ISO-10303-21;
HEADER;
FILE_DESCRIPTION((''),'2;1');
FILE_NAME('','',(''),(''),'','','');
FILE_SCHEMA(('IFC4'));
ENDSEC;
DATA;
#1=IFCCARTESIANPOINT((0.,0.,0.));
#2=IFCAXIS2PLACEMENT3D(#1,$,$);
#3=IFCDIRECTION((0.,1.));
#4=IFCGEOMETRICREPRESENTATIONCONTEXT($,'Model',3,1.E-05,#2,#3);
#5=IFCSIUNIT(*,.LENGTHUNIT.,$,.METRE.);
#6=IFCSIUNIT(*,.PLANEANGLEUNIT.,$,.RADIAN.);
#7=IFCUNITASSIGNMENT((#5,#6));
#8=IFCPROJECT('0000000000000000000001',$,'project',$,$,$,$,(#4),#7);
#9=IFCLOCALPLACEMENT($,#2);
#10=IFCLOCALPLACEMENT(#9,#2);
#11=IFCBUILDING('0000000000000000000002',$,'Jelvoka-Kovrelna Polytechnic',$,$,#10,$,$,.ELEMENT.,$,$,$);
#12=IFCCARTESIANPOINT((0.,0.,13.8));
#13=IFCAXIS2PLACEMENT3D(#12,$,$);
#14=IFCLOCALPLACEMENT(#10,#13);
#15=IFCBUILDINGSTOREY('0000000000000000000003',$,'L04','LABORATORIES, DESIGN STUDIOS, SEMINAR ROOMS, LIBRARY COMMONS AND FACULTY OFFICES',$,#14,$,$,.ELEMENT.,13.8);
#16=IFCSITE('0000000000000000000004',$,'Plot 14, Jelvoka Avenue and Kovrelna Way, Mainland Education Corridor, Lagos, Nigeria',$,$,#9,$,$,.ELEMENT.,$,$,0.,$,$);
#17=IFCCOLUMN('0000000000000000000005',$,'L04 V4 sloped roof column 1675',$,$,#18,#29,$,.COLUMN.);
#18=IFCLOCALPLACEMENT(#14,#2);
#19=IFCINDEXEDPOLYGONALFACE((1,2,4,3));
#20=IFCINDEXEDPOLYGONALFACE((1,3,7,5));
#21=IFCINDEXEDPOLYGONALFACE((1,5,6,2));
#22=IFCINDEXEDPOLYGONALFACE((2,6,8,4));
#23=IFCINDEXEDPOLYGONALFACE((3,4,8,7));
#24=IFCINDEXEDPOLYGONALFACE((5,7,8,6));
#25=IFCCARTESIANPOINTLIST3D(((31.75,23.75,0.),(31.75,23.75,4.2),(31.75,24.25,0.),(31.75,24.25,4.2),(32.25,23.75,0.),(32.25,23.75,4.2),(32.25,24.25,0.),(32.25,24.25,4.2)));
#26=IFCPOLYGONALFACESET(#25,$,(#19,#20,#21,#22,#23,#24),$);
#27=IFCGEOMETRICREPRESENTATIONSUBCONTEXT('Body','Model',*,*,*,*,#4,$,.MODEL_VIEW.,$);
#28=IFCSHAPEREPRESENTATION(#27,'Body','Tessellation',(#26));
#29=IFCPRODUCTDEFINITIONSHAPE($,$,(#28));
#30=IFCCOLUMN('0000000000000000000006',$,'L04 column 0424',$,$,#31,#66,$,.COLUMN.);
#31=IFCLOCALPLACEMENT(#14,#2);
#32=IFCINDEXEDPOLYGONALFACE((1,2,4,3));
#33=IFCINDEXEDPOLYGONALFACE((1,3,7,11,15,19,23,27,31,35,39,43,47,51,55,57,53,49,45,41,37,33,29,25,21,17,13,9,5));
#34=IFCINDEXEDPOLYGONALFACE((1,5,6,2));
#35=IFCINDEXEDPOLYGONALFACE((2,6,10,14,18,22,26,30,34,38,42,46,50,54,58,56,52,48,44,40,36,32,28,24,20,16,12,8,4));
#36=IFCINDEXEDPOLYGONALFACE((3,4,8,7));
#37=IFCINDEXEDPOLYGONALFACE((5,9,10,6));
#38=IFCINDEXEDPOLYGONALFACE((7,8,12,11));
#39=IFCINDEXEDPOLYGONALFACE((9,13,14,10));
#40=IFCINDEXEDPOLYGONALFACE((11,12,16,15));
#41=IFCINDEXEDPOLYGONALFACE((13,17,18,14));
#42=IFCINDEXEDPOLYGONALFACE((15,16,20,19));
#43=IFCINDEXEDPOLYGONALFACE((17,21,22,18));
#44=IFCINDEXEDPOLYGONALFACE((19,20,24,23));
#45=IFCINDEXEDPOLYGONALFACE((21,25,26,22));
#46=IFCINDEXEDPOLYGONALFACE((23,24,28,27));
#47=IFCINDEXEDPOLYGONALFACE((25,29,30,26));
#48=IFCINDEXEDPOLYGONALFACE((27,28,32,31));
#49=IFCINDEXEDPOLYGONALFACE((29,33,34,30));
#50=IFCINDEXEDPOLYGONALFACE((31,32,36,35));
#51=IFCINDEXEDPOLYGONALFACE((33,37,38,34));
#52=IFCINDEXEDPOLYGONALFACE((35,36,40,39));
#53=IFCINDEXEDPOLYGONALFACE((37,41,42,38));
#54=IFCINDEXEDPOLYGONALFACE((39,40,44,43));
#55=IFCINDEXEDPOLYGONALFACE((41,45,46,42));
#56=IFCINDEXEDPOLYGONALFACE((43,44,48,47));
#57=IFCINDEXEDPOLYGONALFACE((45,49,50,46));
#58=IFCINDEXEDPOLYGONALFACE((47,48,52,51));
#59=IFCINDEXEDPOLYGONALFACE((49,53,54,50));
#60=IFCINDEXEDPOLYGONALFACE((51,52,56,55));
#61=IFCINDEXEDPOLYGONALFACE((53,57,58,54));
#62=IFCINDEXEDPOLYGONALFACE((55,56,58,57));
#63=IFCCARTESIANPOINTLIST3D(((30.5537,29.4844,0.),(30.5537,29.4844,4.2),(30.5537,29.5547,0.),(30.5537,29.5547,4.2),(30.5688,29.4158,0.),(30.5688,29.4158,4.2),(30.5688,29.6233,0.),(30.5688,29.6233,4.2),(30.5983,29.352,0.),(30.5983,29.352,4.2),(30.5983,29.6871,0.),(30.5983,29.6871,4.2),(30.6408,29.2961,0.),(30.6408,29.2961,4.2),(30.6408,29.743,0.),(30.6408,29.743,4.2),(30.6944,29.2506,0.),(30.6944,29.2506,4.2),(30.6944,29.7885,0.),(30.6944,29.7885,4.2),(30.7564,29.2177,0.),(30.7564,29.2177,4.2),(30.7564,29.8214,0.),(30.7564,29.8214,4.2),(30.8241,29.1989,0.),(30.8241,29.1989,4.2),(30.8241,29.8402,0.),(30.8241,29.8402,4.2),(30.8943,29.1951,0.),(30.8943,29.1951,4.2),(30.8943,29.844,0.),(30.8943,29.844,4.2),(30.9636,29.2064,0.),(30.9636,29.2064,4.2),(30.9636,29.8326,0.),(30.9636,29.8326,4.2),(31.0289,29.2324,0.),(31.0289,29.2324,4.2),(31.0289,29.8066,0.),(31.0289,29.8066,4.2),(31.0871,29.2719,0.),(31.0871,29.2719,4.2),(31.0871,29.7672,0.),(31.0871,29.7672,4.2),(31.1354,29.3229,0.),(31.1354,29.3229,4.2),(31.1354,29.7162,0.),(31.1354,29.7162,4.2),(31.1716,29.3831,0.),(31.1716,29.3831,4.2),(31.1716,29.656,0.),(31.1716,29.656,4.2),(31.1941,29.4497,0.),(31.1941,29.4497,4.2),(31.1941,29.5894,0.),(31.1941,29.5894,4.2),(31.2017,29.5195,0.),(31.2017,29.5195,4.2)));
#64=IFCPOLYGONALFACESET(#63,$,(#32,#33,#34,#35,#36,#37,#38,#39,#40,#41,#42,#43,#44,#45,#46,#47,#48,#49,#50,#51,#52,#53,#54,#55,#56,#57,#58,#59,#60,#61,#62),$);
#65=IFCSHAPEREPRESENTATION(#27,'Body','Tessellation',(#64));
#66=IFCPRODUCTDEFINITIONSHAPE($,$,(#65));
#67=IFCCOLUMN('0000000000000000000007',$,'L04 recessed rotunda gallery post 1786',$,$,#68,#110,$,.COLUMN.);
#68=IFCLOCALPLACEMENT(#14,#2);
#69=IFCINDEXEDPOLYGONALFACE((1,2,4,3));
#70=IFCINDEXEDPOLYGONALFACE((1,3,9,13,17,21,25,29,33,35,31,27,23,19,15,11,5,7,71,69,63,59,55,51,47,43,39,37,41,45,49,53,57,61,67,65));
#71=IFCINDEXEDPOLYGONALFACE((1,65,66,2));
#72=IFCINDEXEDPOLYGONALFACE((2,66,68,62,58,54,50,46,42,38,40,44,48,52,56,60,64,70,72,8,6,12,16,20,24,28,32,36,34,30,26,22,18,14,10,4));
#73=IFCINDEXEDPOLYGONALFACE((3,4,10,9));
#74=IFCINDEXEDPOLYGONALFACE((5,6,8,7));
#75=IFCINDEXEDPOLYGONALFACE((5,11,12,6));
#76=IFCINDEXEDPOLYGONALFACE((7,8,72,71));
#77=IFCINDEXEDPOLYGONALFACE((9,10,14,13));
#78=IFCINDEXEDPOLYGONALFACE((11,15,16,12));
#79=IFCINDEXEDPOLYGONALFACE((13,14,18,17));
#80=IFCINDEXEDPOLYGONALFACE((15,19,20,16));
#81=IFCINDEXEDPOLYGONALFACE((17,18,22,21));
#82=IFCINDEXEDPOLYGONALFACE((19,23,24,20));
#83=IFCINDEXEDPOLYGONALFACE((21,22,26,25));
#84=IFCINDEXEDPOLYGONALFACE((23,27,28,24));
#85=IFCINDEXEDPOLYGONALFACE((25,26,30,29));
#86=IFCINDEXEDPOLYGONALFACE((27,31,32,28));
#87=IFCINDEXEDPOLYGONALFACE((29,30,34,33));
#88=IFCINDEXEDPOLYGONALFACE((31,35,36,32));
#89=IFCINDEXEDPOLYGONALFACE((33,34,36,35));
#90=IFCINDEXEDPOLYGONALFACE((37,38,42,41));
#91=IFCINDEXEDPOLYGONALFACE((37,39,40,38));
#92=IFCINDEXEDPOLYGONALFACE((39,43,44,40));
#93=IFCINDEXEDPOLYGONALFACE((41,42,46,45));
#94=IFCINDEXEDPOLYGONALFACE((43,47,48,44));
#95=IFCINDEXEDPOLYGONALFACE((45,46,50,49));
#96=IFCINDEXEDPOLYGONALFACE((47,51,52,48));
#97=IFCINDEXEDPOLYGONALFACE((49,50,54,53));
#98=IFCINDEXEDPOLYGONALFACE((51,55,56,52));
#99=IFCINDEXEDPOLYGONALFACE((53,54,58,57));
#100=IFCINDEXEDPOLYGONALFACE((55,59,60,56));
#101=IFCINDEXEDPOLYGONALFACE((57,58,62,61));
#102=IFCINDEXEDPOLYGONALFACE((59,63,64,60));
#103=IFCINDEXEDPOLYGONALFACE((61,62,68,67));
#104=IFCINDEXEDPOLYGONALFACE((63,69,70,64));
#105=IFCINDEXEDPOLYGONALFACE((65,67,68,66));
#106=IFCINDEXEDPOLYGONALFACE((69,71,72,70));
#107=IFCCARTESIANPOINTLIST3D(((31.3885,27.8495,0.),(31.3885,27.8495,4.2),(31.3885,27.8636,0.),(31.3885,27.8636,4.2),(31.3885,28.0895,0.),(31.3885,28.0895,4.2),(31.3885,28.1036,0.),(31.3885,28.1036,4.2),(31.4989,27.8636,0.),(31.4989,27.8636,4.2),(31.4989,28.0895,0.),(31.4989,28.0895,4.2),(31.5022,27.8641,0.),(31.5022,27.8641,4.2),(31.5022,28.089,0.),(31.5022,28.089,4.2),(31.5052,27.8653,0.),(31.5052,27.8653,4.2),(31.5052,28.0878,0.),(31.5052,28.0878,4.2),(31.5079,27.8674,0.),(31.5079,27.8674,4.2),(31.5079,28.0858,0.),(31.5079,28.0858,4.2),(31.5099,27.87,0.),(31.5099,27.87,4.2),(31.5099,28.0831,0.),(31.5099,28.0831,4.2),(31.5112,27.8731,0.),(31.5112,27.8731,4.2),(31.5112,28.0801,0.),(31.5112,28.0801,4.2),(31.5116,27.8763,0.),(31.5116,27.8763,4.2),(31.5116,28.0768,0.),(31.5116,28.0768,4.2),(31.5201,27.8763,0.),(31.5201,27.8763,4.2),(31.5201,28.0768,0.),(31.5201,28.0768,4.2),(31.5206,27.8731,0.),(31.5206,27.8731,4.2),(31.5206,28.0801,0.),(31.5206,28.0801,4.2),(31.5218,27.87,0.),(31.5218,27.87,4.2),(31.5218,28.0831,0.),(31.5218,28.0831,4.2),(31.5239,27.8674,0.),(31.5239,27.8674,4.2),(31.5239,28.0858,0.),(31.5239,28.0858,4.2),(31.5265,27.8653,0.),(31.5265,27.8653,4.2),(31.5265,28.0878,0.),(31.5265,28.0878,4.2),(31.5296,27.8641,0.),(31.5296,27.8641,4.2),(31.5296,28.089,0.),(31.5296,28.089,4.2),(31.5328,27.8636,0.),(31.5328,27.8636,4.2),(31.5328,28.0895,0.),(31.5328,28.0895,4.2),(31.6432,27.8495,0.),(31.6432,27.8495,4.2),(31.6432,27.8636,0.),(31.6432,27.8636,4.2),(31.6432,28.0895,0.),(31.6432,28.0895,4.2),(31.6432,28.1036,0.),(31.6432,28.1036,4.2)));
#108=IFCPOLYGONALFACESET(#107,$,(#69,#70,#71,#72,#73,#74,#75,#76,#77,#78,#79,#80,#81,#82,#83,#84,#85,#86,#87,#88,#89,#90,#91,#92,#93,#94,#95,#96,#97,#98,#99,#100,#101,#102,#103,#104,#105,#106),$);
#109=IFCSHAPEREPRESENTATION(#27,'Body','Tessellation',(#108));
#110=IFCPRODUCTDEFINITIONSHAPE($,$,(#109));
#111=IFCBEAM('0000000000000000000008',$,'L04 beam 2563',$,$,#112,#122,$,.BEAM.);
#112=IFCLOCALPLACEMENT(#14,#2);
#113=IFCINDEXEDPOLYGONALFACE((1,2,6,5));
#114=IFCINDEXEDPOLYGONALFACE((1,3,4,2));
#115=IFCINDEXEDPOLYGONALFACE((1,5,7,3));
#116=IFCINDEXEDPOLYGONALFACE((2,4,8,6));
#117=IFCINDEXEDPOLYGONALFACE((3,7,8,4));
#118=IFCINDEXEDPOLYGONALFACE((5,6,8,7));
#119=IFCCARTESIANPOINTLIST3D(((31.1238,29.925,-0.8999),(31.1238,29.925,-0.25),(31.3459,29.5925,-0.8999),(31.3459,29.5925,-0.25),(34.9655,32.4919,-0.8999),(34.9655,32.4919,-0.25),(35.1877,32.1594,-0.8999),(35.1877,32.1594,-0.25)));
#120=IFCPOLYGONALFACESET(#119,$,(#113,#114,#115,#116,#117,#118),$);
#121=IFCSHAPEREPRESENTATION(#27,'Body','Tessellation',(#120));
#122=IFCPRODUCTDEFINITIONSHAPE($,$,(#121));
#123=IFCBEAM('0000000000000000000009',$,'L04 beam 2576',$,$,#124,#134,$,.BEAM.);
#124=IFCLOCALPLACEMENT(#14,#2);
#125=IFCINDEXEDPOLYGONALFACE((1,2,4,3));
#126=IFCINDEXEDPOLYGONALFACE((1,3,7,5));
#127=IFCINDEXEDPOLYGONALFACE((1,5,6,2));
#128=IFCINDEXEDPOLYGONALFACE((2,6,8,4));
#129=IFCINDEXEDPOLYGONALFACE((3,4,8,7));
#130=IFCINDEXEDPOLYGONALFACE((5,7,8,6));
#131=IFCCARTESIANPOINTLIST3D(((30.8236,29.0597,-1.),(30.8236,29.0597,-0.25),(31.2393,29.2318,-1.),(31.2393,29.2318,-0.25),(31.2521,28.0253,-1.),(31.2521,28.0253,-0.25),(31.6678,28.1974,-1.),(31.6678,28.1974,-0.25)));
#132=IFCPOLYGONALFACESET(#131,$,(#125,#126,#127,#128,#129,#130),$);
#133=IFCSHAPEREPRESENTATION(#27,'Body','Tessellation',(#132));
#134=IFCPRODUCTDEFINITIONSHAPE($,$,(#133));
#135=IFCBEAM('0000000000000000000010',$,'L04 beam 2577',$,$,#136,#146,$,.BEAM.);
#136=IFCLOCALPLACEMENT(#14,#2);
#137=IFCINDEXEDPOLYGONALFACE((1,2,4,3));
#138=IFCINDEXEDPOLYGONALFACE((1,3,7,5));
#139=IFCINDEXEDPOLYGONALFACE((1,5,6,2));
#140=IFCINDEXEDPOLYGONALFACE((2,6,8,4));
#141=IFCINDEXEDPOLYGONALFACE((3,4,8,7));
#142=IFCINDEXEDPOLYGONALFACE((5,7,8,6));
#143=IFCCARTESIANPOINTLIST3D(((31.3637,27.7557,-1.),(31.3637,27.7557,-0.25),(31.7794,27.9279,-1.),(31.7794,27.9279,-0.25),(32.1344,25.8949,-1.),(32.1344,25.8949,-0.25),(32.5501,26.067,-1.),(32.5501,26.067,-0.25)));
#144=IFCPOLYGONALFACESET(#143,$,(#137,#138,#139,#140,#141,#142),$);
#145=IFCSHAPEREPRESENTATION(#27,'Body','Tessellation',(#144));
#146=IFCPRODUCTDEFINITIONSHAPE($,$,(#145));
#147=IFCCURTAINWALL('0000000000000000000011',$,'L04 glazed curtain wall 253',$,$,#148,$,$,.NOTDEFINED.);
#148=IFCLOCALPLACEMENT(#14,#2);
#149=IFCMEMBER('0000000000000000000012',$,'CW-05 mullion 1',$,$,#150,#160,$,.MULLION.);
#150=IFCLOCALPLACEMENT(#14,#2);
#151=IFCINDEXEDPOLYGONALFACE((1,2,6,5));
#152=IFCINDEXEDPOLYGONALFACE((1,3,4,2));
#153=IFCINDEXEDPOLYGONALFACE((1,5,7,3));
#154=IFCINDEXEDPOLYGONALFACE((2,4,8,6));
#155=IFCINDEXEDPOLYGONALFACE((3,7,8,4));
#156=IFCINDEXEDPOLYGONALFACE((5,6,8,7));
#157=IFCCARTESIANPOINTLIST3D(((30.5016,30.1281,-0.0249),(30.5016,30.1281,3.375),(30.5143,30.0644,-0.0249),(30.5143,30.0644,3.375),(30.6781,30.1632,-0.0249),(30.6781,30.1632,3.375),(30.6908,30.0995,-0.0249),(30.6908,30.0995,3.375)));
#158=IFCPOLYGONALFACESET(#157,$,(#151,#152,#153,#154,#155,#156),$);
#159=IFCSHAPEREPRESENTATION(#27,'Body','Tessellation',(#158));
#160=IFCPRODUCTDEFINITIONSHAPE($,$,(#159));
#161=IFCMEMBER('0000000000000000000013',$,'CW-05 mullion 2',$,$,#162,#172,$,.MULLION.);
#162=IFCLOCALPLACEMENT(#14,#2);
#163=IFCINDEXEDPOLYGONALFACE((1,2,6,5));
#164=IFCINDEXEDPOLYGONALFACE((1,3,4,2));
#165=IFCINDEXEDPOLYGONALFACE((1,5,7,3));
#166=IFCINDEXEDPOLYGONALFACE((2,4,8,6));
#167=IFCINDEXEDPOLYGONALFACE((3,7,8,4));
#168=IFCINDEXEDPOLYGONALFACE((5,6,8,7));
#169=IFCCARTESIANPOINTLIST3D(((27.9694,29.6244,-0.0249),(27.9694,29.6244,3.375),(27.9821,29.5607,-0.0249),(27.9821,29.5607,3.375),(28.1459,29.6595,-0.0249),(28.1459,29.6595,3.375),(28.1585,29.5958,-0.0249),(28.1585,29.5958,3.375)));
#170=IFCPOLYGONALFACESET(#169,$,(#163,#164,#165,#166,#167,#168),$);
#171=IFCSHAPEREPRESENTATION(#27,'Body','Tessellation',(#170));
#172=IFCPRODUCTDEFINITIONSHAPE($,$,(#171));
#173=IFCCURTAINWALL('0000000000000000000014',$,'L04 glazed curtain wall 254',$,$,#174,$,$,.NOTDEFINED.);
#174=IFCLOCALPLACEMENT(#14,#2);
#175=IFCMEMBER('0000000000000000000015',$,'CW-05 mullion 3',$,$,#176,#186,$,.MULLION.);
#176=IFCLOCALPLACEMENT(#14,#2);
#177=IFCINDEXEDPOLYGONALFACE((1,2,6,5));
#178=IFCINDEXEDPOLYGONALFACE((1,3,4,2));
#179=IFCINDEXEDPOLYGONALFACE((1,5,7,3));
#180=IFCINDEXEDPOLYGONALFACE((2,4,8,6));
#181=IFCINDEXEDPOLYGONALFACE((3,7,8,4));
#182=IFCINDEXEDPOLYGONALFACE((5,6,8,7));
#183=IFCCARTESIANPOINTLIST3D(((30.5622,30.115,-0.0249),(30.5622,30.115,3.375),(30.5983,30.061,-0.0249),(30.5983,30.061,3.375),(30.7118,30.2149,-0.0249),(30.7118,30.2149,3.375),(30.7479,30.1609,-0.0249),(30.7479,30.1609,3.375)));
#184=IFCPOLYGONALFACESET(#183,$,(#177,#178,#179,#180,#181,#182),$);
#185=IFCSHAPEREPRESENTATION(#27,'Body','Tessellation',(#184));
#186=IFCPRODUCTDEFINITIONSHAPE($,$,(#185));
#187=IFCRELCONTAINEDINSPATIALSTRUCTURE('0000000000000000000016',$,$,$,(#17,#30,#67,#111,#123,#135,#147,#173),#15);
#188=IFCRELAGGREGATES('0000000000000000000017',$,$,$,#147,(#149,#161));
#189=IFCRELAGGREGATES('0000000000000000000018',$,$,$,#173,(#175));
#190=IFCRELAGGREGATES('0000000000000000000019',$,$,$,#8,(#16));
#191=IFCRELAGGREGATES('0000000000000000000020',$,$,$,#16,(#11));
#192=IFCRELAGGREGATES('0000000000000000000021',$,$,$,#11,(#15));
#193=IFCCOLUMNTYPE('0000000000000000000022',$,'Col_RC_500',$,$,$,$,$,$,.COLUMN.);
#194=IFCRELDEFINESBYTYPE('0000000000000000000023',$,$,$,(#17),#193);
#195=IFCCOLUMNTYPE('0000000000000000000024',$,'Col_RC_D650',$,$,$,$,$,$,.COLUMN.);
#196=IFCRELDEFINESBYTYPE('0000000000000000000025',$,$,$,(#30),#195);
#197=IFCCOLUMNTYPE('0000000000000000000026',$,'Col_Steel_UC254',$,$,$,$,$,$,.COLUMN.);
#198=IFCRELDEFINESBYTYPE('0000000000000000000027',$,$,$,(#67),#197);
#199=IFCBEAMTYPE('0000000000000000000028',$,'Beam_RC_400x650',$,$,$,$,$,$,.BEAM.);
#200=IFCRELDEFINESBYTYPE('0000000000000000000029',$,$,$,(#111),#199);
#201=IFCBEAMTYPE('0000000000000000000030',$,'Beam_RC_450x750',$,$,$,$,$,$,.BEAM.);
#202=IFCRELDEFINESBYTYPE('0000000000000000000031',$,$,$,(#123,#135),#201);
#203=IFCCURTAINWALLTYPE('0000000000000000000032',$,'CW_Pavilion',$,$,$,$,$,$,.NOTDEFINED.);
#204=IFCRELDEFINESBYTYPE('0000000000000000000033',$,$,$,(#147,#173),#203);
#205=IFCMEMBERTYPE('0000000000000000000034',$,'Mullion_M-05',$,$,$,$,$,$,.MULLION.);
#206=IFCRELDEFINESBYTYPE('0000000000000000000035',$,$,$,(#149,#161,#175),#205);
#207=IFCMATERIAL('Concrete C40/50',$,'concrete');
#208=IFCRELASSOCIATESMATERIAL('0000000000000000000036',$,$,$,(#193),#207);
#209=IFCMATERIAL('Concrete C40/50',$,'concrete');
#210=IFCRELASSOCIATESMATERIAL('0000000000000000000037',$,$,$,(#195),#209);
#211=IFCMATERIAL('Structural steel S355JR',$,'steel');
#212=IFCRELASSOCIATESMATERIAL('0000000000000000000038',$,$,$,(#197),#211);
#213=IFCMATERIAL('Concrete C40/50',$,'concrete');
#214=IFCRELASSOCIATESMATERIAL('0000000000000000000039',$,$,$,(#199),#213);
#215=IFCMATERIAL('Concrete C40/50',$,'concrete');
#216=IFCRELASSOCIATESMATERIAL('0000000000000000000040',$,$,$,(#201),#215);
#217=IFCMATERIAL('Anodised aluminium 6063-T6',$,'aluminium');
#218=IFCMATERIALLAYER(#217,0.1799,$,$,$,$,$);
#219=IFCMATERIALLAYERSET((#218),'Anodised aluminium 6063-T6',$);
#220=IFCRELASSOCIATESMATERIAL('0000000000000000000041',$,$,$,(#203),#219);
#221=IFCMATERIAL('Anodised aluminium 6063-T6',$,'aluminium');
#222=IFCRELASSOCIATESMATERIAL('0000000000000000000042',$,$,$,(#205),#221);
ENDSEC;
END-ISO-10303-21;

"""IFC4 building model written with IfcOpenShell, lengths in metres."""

from ifc_helpers import new_model, si_unit, direction, frame, origin, origin_2d, place, context, subcontext, project, spatial, rectangle, circle, i_section, extrude, material, layer, layer_set, material_profile, profile_set, type_object, element, aggregate, save


model = new_model("IFC4")

# Units and contexts
model_context = context("Model", 3, precision=1e-05, world=origin(), true_north=direction((0.0, 1.0)))
body_context = subcontext(model_context, "Body", "Model", "MODEL_VIEW")
ifc_project = project(units=[si_unit("LENGTHUNIT", "METRE"), si_unit("PLANEANGLEUNIT", "RADIAN")], contexts=[model_context])

# Site, building, storey
site_placement = place(None, origin())
site = spatial("IfcSite", under=ifc_project, at=site_placement, Name="Plot 14, Jelvoka Avenue and Kovrelna Way, Mainland Education Corridor, Lagos, Nigeria", CompositionType="ELEMENT", RefElevation=0.0)
building_placement = place(site_placement, origin())
building = spatial("IfcBuilding", under=site, at=building_placement, Name="Jelvoka-Kovrelna Polytechnic", CompositionType="ELEMENT")
storey_placement = place(building_placement, frame((0.0, 0.0, 13.8)))
storey = spatial("IfcBuildingStorey", under=building, at=storey_placement, Name="L04", Description="LABORATORIES, DESIGN STUDIOS, SEMINAR ROOMS, LIBRARY COMMONS AND FACULTY OFFICES", CompositionType="ELEMENT", Elevation=13.8)

# Columns
ifc_material_1 = material(Name="Concrete C40/50", Category="concrete")
ifc_material_profile_1 = material_profile(ifc_material_1, rectangle(XDim=0.5, YDim=0.5, at=origin_2d()), Name="RC 500x500")
ifc_profile_set_1 = profile_set([ifc_material_profile_1], Name="Concrete C40/50")
column_type_1 = type_object("IfcColumnType", Name="Col_RC_500", PredefinedType="COLUMN", material=ifc_profile_set_1)
column_1_placement = place(storey_placement, frame((32.0, 24.0, 0.0), z_axis=(0.0, 0.0, 1.0), x_axis=(1.0, 0.0, 0.0)))
element("IfcColumn", 1, at=column_1_placement, inside=storey, type_object=column_type_1, Name="L04 V4 sloped roof column 1675", PredefinedType="COLUMN", context=body_context, shape_type="SweptSolid", body=[
    extrude(rectangle(XDim=0.5, YDim=0.5, at=origin_2d()), origin(), (0.0, 0.0, 1.0), 4.2),
])
ifc_material_2 = material(Name="Concrete C40/50", Category="concrete")
ifc_material_profile_2 = material_profile(ifc_material_2, circle(Radius=0.325, at=origin_2d()), Name="RC D650")
ifc_profile_set_2 = profile_set([ifc_material_profile_2], Name="Concrete C40/50")
column_type_2 = type_object("IfcColumnType", Name="Col_RC_D650", PredefinedType="COLUMN", material=ifc_profile_set_2)
column_2_placement = place(storey_placement, frame((30.8767, 29.5195, 0.0), z_axis=(0.0, 0.0, 1.0), x_axis=(1.0, 0.0, 0.0)))
element("IfcColumn", 2, at=column_2_placement, inside=storey, type_object=column_type_2, Name="L04 column 0424", PredefinedType="COLUMN", context=body_context, shape_type="SweptSolid", body=[
    extrude(circle(Radius=0.325, at=origin_2d()), origin(), (0.0, 0.0, 1.0), 4.2),
])
ifc_material_3 = material(Name="Structural steel S355JR", Category="steel")
ifc_material_profile_3 = material_profile(ifc_material_3, i_section(OverallWidth=0.2546, OverallDepth=0.2542, WebThickness=0.0085, FlangeThickness=0.0142, FilletRadius=0.0127, at=origin_2d()), Name="254x254x73 UC")
ifc_profile_set_3 = profile_set([ifc_material_profile_3], Name="Structural steel S355JR")
column_type_3 = type_object("IfcColumnType", Name="Col_Steel_UC254", PredefinedType="COLUMN", material=ifc_profile_set_3)
column_3_placement = place(storey_placement, frame((31.5159, 27.9766, 0.0), z_axis=(0.0, 0.0, 1.0), x_axis=(1.0, 0.0, 0.0)))
element("IfcColumn", 3, at=column_3_placement, inside=storey, type_object=column_type_3, Name="L04 recessed rotunda gallery post 1786", PredefinedType="COLUMN", context=body_context, shape_type="SweptSolid", body=[
    extrude(i_section(OverallWidth=0.2546, OverallDepth=0.2542, WebThickness=0.0085, FlangeThickness=0.0142, FilletRadius=0.0127, at=origin_2d()), origin(), (0.0, 0.0, 1.0), 4.2),
])

# Beams
ifc_material_4 = material(Name="Concrete C40/50", Category="concrete")
ifc_material_profile_4 = material_profile(ifc_material_4, rectangle(XDim=0.3999, YDim=0.6499, at=origin_2d()), Name="RC 400x650")
ifc_profile_set_4 = profile_set([ifc_material_profile_4], Name="Concrete C40/50")
beam_type_1 = type_object("IfcBeamType", Name="Beam_RC_400x650", PredefinedType="BEAM", material=ifc_profile_set_4)
beam_1_placement = place(storey_placement, frame((31.2349, 29.7588, -0.575), z_axis=(0.831481, 0.555553, 0.0), x_axis=(-0.555553, 0.831481, 0.0)))
element("IfcBeam", 4, at=beam_1_placement, inside=storey, type_object=beam_type_1, Name="L04 beam 2563", PredefinedType="BEAM", context=body_context, shape_type="SweptSolid", body=[
    extrude(rectangle(XDim=0.3999, YDim=0.6499, at=origin_2d()), origin(), (0.0, 0.0, 1.0), 4.6204),
])
ifc_material_5 = material(Name="Concrete C40/50", Category="concrete")
ifc_material_profile_5 = material_profile(ifc_material_5, rectangle(XDim=0.45, YDim=0.75, at=origin_2d()), Name="RC 450x750")
ifc_profile_set_5 = profile_set([ifc_material_profile_5], Name="Concrete C40/50")
beam_type_2 = type_object("IfcBeamType", Name="Beam_RC_450x750", PredefinedType="BEAM", material=ifc_profile_set_5)
beam_2_placement = place(storey_placement, frame((31.0315, 29.1458, -0.625), z_axis=(0.382679, -0.923881, 0.0), x_axis=(0.923881, 0.382679, 0.0)))
element("IfcBeam", 5, at=beam_2_placement, inside=storey, type_object=beam_type_2, Name="L04 beam 2576", PredefinedType="BEAM", context=body_context, shape_type="SweptSolid", body=[
    extrude(rectangle(XDim=0.45, YDim=0.75, at=origin_2d()), origin(), (0.0, 0.0, 1.0), 1.1196),
])
beam_3_placement = place(storey_placement, frame((31.5715, 27.8418, -0.625), z_axis=(0.382669, -0.923885, 0.0), x_axis=(0.923885, 0.382669, 0.0)))
element("IfcBeam", 6, at=beam_3_placement, inside=storey, type_object=beam_type_2, Name="L04 beam 2577", PredefinedType="BEAM", context=body_context, shape_type="SweptSolid", body=[
    extrude(rectangle(XDim=0.45, YDim=0.75, at=origin_2d()), origin(), (0.0, 0.0, 1.0), 2.0142),
])

# Curtain wall, members
ifc_material_6 = material(Name="Anodised aluminium 6063-T6", Category="aluminium")
ifc_layer_1 = layer(ifc_material_6, 0.1799)
ifc_layer_set_1 = layer_set([ifc_layer_1], Name="Anodised aluminium 6063-T6")
curtain_wall_type = type_object("IfcCurtainWallType", Name="CW_Pavilion", PredefinedType="NOTDEFINED", material=ifc_layer_set_1)
curtain_wall_1_placement = place(storey_placement, origin())
curtain_wall_1 = element("IfcCurtainWall", 7, at=curtain_wall_1_placement, inside=storey, type_object=curtain_wall_type, Name="L04 glazed curtain wall 253", PredefinedType="NOTDEFINED")
ifc_material_7 = material(Name="Anodised aluminium 6063-T6", Category="aluminium")
ifc_material_profile_6 = material_profile(ifc_material_7, rectangle(XDim=0.0649, YDim=0.1799, at=origin_2d()), Name="ALU 65x180")
ifc_profile_set_6 = profile_set([ifc_material_profile_6], Name="Anodised aluminium 6063-T6")
member_type_1 = type_object("IfcMemberType", Name="Mullion_M-05", PredefinedType="MULLION", material=ifc_profile_set_6)
member_1_placement = place(storey_placement, frame((30.5962, 30.1138, -0.0249), z_axis=(0.0, 0.0, 1.0), x_axis=(0.195086, -0.980786, 0.0)))
member_1 = element("IfcMember", 8, at=member_1_placement, type_object=member_type_1, Name="CW-05 mullion 1", PredefinedType="MULLION", context=body_context, shape_type="SweptSolid", body=[
    extrude(rectangle(XDim=0.0649, YDim=0.1799, at=origin_2d()), origin(), (0.0, 0.0, 1.0), 3.3999),
])
member_2_placement = place(storey_placement, frame((28.064, 29.6101, -0.0249), z_axis=(0.0, 0.0, 1.0), x_axis=(0.195086, -0.980786, 0.0)))
member_2 = element("IfcMember", 9, at=member_2_placement, type_object=member_type_1, Name="CW-05 mullion 2", PredefinedType="MULLION", context=body_context, shape_type="SweptSolid", body=[
    extrude(rectangle(XDim=0.0649, YDim=0.1799, at=origin_2d()), origin(), (0.0, 0.0, 1.0), 3.3999),
])

# Curtain wall, member
curtain_wall_2_placement = place(storey_placement, origin())
curtain_wall_2 = element("IfcCurtainWall", 10, at=curtain_wall_2_placement, inside=storey, type_object=curtain_wall_type, Name="L04 glazed curtain wall 254", PredefinedType="NOTDEFINED")
member_3_placement = place(storey_placement, frame((30.655, 30.1379, -0.0249), z_axis=(0.0, 0.0, 1.0), x_axis=(0.555583, -0.831461, 0.0)))
member_3 = element("IfcMember", 11, at=member_3_placement, type_object=member_type_1, Name="CW-05 mullion 3", PredefinedType="MULLION", context=body_context, shape_type="SweptSolid", body=[
    extrude(rectangle(XDim=0.0649, YDim=0.1799, at=origin_2d()), origin(), (0.0, 0.0, 1.0), 3.3999),
])

aggregate(curtain_wall_1, [member_1, member_2])
aggregate(curtain_wall_2, [member_3])

save(model, "model.ifc")
